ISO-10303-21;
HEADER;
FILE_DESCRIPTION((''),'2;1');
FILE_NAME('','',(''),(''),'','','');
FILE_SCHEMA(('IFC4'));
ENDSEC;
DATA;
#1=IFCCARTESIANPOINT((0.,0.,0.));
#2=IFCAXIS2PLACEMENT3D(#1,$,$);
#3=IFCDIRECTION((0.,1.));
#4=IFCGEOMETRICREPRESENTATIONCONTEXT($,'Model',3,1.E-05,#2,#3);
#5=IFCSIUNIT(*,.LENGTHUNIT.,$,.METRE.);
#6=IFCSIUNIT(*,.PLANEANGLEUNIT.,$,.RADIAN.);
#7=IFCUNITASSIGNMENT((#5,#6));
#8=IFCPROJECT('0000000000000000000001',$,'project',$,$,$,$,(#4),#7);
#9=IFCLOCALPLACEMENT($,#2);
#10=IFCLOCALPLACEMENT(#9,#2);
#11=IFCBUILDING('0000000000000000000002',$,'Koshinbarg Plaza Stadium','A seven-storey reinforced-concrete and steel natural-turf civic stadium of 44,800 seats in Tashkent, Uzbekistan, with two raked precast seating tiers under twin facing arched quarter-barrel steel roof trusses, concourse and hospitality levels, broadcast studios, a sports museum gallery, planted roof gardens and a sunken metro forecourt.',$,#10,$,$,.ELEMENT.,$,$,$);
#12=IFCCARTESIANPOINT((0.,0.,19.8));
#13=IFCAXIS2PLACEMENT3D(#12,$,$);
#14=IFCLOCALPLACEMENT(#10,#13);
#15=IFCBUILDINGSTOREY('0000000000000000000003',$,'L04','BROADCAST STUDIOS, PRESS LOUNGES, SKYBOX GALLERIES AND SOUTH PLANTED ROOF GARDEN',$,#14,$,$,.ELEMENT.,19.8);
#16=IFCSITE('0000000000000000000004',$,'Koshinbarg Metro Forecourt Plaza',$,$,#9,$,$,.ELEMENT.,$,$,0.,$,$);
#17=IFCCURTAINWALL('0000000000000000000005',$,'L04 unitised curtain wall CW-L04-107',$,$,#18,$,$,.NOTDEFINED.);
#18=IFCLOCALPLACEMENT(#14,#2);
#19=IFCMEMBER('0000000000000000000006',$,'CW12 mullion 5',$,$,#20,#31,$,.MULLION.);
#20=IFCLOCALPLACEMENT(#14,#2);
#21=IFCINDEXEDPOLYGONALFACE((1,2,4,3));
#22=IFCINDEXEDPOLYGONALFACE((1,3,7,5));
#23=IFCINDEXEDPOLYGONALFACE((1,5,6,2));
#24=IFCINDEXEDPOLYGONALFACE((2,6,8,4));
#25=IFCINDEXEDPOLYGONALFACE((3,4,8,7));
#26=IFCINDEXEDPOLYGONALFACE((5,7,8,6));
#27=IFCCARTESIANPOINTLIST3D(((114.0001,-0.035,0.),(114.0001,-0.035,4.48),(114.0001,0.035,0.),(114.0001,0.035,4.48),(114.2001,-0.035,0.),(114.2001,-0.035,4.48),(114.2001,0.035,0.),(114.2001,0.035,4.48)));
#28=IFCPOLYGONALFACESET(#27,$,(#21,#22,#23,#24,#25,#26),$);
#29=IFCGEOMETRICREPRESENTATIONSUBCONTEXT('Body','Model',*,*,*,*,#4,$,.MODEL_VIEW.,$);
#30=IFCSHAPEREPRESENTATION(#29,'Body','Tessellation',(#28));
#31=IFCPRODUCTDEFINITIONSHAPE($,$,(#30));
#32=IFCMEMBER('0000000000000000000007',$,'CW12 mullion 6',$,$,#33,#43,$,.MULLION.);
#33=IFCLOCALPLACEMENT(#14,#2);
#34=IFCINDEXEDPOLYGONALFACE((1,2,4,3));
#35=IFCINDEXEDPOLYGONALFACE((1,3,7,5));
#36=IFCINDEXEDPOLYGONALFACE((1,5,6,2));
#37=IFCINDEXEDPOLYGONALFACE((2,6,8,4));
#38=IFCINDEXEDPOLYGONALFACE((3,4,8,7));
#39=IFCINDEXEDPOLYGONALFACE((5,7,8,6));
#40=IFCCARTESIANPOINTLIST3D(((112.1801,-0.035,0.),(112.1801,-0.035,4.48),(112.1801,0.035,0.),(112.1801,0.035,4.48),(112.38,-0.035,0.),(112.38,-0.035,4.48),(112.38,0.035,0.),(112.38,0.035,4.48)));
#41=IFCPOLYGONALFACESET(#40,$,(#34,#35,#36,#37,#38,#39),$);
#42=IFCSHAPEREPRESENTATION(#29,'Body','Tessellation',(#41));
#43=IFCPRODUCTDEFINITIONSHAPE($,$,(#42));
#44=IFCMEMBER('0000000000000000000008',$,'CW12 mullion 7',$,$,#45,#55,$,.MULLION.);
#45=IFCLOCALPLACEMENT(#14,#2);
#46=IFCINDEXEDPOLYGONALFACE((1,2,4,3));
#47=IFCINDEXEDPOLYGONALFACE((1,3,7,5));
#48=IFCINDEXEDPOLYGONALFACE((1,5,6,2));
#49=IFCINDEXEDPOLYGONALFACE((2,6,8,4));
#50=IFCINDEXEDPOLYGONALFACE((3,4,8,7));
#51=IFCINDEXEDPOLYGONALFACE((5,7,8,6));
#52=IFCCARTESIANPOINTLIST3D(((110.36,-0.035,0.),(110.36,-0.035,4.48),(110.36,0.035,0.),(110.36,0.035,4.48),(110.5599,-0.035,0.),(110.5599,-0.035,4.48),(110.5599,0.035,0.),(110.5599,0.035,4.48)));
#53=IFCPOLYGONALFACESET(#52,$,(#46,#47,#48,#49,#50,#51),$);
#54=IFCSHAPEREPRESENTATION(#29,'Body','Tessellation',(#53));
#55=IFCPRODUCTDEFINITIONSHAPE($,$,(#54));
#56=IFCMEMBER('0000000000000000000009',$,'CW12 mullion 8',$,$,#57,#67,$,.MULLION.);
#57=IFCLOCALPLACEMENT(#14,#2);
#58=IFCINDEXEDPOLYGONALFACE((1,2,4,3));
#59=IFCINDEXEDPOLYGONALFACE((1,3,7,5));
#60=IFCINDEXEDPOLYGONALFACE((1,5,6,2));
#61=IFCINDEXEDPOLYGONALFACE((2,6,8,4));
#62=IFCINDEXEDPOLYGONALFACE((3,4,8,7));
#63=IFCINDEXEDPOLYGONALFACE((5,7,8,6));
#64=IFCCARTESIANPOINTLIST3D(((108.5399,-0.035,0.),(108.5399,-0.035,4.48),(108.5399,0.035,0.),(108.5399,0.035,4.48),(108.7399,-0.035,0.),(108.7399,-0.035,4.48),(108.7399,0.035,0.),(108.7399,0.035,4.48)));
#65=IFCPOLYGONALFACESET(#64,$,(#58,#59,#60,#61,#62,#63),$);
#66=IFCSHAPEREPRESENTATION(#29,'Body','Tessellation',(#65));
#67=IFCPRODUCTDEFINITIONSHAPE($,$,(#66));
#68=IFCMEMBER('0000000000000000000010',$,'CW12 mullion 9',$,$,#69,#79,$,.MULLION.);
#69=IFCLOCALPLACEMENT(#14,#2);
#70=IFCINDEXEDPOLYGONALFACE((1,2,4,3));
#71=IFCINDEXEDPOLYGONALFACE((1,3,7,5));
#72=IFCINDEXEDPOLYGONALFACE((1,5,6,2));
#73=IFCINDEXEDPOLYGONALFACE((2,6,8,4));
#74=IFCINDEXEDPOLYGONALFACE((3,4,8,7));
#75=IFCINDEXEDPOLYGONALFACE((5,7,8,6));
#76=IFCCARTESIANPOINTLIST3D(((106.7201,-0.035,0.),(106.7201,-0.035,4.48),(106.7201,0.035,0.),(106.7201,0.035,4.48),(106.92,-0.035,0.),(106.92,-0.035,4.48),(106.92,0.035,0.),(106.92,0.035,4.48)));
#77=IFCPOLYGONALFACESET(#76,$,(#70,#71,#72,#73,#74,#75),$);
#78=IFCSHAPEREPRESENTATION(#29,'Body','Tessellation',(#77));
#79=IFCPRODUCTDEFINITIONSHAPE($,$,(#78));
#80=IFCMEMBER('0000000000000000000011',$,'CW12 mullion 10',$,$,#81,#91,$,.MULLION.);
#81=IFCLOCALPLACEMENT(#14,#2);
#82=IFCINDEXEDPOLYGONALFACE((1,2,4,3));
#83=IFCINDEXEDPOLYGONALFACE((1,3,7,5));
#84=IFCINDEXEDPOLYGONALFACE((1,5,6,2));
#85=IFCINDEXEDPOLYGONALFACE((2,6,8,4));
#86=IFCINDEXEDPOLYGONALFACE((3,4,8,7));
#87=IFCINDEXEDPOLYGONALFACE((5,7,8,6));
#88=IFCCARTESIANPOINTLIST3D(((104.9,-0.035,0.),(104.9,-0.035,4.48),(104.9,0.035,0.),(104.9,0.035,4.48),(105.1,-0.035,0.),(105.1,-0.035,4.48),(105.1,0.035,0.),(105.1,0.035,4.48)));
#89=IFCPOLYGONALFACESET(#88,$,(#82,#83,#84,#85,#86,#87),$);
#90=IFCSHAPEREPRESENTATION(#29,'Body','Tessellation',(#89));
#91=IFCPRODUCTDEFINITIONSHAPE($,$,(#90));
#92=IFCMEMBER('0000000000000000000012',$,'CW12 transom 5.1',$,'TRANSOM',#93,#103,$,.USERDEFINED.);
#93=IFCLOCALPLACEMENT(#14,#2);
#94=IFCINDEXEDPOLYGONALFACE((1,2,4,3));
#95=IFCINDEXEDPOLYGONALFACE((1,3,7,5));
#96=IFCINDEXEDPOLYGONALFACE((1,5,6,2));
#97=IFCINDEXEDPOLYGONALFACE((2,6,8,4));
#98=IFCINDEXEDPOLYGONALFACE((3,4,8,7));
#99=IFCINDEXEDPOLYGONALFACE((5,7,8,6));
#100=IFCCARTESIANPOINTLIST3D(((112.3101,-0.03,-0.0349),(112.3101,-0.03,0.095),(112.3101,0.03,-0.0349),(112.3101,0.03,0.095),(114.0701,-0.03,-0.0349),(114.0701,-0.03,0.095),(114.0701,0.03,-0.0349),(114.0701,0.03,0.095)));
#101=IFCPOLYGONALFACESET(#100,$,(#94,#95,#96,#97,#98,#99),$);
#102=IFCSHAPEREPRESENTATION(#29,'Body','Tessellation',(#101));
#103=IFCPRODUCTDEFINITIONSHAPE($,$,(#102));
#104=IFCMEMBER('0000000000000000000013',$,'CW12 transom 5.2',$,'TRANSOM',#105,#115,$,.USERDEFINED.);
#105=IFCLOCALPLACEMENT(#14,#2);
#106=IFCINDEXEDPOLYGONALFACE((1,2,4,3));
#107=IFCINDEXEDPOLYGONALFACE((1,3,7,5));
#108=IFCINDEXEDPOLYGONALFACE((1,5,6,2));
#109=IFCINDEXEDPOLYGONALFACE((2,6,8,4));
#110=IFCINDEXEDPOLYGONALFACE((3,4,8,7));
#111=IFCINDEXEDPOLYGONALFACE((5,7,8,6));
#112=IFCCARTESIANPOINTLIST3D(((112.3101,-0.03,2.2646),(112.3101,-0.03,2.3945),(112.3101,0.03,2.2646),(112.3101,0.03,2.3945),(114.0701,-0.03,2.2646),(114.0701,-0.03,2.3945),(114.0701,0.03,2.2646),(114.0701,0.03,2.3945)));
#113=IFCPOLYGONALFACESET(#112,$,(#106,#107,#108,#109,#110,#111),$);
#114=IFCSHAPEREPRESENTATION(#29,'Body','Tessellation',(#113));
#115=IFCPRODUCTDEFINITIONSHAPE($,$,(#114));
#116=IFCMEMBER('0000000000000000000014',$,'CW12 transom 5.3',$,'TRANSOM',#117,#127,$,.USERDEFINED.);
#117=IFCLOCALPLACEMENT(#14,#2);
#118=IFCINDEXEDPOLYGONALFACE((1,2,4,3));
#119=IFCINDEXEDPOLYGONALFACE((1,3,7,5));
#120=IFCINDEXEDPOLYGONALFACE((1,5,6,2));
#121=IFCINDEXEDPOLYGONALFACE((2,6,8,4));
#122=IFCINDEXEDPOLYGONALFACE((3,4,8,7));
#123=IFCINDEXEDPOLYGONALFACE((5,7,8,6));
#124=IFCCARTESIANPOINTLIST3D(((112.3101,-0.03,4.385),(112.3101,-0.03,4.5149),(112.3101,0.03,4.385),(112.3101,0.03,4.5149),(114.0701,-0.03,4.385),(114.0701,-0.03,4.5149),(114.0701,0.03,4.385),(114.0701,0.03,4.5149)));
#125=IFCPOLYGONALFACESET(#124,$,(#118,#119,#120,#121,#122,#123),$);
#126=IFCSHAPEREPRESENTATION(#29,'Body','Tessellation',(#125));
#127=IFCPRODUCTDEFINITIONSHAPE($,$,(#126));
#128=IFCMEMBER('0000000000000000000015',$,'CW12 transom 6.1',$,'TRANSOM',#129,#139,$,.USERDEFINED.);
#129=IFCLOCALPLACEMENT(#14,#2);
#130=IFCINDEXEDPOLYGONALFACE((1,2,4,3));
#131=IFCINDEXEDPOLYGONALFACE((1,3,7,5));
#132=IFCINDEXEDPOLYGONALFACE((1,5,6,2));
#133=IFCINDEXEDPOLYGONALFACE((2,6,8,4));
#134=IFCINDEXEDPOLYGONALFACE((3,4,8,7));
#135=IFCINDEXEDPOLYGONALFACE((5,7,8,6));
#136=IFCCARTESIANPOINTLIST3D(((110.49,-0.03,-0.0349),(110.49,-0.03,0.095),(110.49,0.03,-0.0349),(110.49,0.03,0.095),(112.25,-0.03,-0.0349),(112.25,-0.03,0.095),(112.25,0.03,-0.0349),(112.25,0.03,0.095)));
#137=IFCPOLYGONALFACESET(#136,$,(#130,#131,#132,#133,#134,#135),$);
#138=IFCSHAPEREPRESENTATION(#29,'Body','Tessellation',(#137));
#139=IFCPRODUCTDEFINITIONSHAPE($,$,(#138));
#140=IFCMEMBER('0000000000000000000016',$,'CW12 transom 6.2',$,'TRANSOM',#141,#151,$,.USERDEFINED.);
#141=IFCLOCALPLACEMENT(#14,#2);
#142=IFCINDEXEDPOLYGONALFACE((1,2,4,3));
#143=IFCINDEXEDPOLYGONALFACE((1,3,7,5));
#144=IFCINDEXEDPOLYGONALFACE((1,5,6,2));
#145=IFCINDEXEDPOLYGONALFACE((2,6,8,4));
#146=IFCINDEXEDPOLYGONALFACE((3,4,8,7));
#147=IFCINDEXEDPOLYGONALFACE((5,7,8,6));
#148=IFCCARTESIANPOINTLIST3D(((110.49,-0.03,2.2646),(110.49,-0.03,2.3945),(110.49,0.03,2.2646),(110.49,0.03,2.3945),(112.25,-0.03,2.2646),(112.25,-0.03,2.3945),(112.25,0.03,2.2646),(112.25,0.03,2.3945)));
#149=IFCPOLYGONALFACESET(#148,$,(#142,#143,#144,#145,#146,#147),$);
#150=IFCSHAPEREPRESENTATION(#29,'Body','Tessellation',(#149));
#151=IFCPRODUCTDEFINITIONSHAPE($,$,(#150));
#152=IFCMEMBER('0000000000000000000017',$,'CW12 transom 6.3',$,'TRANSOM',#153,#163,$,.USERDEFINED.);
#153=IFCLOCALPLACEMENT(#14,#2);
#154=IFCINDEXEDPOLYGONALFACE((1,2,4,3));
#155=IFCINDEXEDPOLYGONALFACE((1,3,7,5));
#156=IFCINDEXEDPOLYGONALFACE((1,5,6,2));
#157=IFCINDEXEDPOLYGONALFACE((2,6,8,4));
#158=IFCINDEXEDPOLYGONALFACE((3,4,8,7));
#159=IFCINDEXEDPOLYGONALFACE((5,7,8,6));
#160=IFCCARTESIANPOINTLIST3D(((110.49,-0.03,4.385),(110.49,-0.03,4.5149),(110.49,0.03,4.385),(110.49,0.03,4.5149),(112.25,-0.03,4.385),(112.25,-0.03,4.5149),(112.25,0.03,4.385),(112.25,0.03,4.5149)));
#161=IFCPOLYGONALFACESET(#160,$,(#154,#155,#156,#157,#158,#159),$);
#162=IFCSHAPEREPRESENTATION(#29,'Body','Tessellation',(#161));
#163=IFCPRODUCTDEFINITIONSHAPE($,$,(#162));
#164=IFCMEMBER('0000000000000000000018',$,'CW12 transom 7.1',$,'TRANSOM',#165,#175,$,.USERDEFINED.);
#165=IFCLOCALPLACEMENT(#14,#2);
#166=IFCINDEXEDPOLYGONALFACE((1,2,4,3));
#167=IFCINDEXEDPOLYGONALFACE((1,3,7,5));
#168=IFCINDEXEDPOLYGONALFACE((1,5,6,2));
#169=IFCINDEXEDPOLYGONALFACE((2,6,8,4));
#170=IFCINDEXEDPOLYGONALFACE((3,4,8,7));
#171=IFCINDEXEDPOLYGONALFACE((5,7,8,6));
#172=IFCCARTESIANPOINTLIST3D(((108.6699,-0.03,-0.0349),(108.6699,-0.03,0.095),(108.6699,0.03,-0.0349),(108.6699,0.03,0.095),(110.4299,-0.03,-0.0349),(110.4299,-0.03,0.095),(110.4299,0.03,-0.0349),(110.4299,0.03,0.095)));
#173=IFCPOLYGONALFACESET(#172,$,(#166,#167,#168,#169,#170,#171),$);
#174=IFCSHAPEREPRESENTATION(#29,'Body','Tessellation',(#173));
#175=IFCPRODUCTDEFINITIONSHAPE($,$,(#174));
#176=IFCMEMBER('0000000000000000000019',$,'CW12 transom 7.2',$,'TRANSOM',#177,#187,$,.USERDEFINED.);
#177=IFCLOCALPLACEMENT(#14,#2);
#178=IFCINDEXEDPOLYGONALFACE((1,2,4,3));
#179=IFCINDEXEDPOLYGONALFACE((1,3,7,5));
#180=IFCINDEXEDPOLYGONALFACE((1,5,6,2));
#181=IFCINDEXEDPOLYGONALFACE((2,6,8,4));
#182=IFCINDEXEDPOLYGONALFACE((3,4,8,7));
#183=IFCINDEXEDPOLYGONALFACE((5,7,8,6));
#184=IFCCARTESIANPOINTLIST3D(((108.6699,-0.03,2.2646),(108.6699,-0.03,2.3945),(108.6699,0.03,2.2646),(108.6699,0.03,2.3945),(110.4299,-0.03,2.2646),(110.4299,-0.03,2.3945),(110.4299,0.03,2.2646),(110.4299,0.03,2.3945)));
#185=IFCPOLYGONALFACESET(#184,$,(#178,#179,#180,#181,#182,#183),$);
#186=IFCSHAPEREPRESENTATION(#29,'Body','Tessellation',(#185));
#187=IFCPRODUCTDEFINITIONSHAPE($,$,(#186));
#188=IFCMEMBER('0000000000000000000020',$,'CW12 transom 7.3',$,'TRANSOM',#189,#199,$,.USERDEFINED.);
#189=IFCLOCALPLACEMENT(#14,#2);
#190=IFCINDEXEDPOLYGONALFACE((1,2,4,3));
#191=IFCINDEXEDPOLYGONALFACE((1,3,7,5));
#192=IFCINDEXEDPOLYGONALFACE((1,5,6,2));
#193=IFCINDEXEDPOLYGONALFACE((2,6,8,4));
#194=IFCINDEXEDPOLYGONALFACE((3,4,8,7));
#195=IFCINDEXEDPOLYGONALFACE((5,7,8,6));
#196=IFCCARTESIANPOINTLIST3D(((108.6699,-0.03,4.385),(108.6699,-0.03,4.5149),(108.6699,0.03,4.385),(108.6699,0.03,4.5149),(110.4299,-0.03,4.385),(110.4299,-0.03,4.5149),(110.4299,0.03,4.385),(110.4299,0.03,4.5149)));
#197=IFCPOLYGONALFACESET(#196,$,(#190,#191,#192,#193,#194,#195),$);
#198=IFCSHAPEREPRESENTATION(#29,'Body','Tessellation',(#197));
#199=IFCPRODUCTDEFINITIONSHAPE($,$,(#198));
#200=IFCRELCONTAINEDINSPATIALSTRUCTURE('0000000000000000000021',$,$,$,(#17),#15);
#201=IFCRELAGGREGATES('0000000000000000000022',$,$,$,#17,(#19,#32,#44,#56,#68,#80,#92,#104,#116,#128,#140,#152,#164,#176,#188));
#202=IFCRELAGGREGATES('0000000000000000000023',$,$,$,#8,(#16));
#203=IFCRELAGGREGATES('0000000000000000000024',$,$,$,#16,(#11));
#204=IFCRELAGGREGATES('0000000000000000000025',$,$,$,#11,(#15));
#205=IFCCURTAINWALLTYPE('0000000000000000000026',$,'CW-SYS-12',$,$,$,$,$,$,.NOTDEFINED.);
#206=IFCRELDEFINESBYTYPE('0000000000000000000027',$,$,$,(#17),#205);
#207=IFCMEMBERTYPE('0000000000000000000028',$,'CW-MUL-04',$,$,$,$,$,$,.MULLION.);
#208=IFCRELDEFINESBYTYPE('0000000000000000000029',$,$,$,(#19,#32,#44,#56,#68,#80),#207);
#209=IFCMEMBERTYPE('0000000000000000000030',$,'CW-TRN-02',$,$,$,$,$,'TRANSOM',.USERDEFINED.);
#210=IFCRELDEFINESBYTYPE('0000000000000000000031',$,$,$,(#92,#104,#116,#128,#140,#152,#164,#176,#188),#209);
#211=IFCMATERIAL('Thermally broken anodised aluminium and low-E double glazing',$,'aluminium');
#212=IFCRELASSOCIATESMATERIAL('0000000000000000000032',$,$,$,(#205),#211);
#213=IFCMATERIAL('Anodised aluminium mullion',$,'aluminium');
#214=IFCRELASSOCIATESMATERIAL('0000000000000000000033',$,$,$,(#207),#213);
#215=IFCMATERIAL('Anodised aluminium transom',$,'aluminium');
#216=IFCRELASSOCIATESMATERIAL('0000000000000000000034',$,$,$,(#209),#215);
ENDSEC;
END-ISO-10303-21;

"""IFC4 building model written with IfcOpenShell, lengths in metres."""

from ifc_helpers import new_model, si_unit, direction, frame, origin, origin_2d, place, context, subcontext, project, spatial, rectangle, extrude, material, material_profile, profile_set, type_object, element, aggregate, save


model = new_model("IFC4")

# Units and contexts
model_context = context("Model", 3, precision=1e-05, world=origin(), true_north=direction((0.0, 1.0)))
body_context = subcontext(model_context, "Body", "Model", "MODEL_VIEW")
ifc_project = project(units=[si_unit("LENGTHUNIT", "METRE"), si_unit("PLANEANGLEUNIT", "RADIAN")], contexts=[model_context])

# Site, building, storey
site_placement = place(None, origin())
site = spatial("IfcSite", under=ifc_project, at=site_placement, Name="Koshinbarg Metro Forecourt Plaza", CompositionType="ELEMENT", RefElevation=0.0)
building_placement = place(site_placement, origin())
building = spatial("IfcBuilding", under=site, at=building_placement, Name="Koshinbarg Plaza Stadium", Description="A seven-storey reinforced-concrete and steel natural-turf civic stadium of 44,800 seats in Tashkent, Uzbekistan, with two raked precast seating tiers under twin facing arched quarter-barrel steel roof trusses, concourse and hospitality levels, broadcast studios, a sports museum gallery, planted roof gardens and a sunken metro forecourt.", CompositionType="ELEMENT")
storey_placement = place(building_placement, frame((0.0, 0.0, 19.8)))
storey = spatial("IfcBuildingStorey", under=building, at=storey_placement, Name="L04", Description="BROADCAST STUDIOS, PRESS LOUNGES, SKYBOX GALLERIES AND SOUTH PLANTED ROOF GARDEN", CompositionType="ELEMENT", Elevation=19.8)

# Curtain wall, members
ifc_material_1 = material(Name="Thermally broken anodised aluminium and low-E double glazing", Category="aluminium")
curtain_wall_type = type_object("IfcCurtainWallType", Name="CW-SYS-12", PredefinedType="NOTDEFINED", material=ifc_material_1)
curtain_wall_placement = place(storey_placement, origin())
curtain_wall = element("IfcCurtainWall", 1, at=curtain_wall_placement, inside=storey, type_object=curtain_wall_type, Name="L04 unitised curtain wall CW-L04-107", PredefinedType="NOTDEFINED")
ifc_material_2 = material(Name="Anodised aluminium mullion", Category="aluminium")
ifc_material_profile_1 = material_profile(ifc_material_2, rectangle(XDim=0.0701, YDim=0.2, at=origin_2d()), Name="ALU 70x200")
ifc_profile_set_1 = profile_set([ifc_material_profile_1], Name="Anodised aluminium mullion")
member_type_1 = type_object("IfcMemberType", Name="CW-MUL-04", PredefinedType="MULLION", material=ifc_profile_set_1)
member_1_placement = place(storey_placement, frame((114.1001, 0.0, 0.0), z_axis=(0.0, 0.0, 1.0), x_axis=(0.0, -1.0, 0.0)))
member_1 = element("IfcMember", 2, at=member_1_placement, type_object=member_type_1, Name="CW12 mullion 5", PredefinedType="MULLION", context=body_context, shape_type="SweptSolid", body=[
    extrude(rectangle(XDim=0.0701, YDim=0.2, at=origin_2d()), origin(), (0.0, 0.0, 1.0), 4.48),
])
member_2_placement = place(storey_placement, frame((112.28, 0.0, 0.0), z_axis=(0.0, 0.0, 1.0), x_axis=(0.0, -1.0, 0.0)))
member_2 = element("IfcMember", 3, at=member_2_placement, type_object=member_type_1, Name="CW12 mullion 6", PredefinedType="MULLION", context=body_context, shape_type="SweptSolid", body=[
    extrude(rectangle(XDim=0.0701, YDim=0.2, at=origin_2d()), origin(), (0.0, 0.0, 1.0), 4.48),
])
member_3_placement = place(storey_placement, frame((110.46, 0.0, 0.0), z_axis=(0.0, 0.0, 1.0), x_axis=(0.0, -1.0, 0.0)))
member_3 = element("IfcMember", 4, at=member_3_placement, type_object=member_type_1, Name="CW12 mullion 7", PredefinedType="MULLION", context=body_context, shape_type="SweptSolid", body=[
    extrude(rectangle(XDim=0.0701, YDim=0.2, at=origin_2d()), origin(), (0.0, 0.0, 1.0), 4.48),
])
member_4_placement = place(storey_placement, frame((108.6399, 0.0, 0.0), z_axis=(0.0, 0.0, 1.0), x_axis=(0.0, -1.0, 0.0)))
member_4 = element("IfcMember", 5, at=member_4_placement, type_object=member_type_1, Name="CW12 mullion 8", PredefinedType="MULLION", context=body_context, shape_type="SweptSolid", body=[
    extrude(rectangle(XDim=0.0701, YDim=0.2, at=origin_2d()), origin(), (0.0, 0.0, 1.0), 4.48),
])
member_5_placement = place(storey_placement, frame((106.8201, 0.0, 0.0), z_axis=(0.0, 0.0, 1.0), x_axis=(0.0, -1.0, 0.0)))
member_5 = element("IfcMember", 6, at=member_5_placement, type_object=member_type_1, Name="CW12 mullion 9", PredefinedType="MULLION", context=body_context, shape_type="SweptSolid", body=[
    extrude(rectangle(XDim=0.0701, YDim=0.2, at=origin_2d()), origin(), (0.0, 0.0, 1.0), 4.48),
])
member_6_placement = place(storey_placement, frame((105.0, 0.0, 0.0), z_axis=(0.0, 0.0, 1.0), x_axis=(0.0, -1.0, 0.0)))
member_6 = element("IfcMember", 7, at=member_6_placement, type_object=member_type_1, Name="CW12 mullion 10", PredefinedType="MULLION", context=body_context, shape_type="SweptSolid", body=[
    extrude(rectangle(XDim=0.0701, YDim=0.2, at=origin_2d()), origin(), (0.0, 0.0, 1.0), 4.48),
])
ifc_material_3 = material(Name="Anodised aluminium transom", Category="aluminium")
ifc_material_profile_2 = material_profile(ifc_material_3, rectangle(XDim=0.0601, YDim=0.1299, at=origin_2d()), Name="ALU 60x130")
ifc_profile_set_2 = profile_set([ifc_material_profile_2], Name="Anodised aluminium transom")
member_type_2 = type_object("IfcMemberType", Name="CW-TRN-02", ElementType="TRANSOM", PredefinedType="USERDEFINED", material=ifc_profile_set_2)
member_7_placement = place(storey_placement, frame((114.0701, 0.0, 0.03), z_axis=(-1.0, 0.0, 0.0), x_axis=(0.0, -1.0, 0.0)))
member_7 = element("IfcMember", 8, at=member_7_placement, type_object=member_type_2, Name="CW12 transom 5.1", ObjectType="TRANSOM", PredefinedType="USERDEFINED", context=body_context, shape_type="SweptSolid", body=[
    extrude(rectangle(XDim=0.0601, YDim=0.1299, at=origin_2d()), origin(), (0.0, 0.0, 1.0), 1.76),
])
member_8_placement = place(storey_placement, frame((114.0701, 0.0, 2.3296), z_axis=(-1.0, 0.0, 0.0), x_axis=(0.0, -1.0, 0.0)))
member_8 = element("IfcMember", 9, at=member_8_placement, type_object=member_type_2, Name="CW12 transom 5.2", ObjectType="TRANSOM", PredefinedType="USERDEFINED", context=body_context, shape_type="SweptSolid", body=[
    extrude(rectangle(XDim=0.0601, YDim=0.1299, at=origin_2d()), origin(), (0.0, 0.0, 1.0), 1.76),
])
member_9_placement = place(storey_placement, frame((114.0701, 0.0, 4.45), z_axis=(-1.0, 0.0, 0.0), x_axis=(0.0, -1.0, 0.0)))
member_9 = element("IfcMember", 10, at=member_9_placement, type_object=member_type_2, Name="CW12 transom 5.3", ObjectType="TRANSOM", PredefinedType="USERDEFINED", context=body_context, shape_type="SweptSolid", body=[
    extrude(rectangle(XDim=0.0601, YDim=0.1299, at=origin_2d()), origin(), (0.0, 0.0, 1.0), 1.76),
])
member_10_placement = place(storey_placement, frame((112.25, 0.0, 0.03), z_axis=(-1.0, 0.0, 0.0), x_axis=(0.0, -1.0, 0.0)))
member_10 = element("IfcMember", 11, at=member_10_placement, type_object=member_type_2, Name="CW12 transom 6.1", ObjectType="TRANSOM", PredefinedType="USERDEFINED", context=body_context, shape_type="SweptSolid", body=[
    extrude(rectangle(XDim=0.0601, YDim=0.1299, at=origin_2d()), origin(), (0.0, 0.0, 1.0), 1.76),
])
member_11_placement = place(storey_placement, frame((112.25, 0.0, 2.3296), z_axis=(-1.0, 0.0, 0.0), x_axis=(0.0, -1.0, 0.0)))
member_11 = element("IfcMember", 12, at=member_11_placement, type_object=member_type_2, Name="CW12 transom 6.2", ObjectType="TRANSOM", PredefinedType="USERDEFINED", context=body_context, shape_type="SweptSolid", body=[
    extrude(rectangle(XDim=0.0601, YDim=0.1299, at=origin_2d()), origin(), (0.0, 0.0, 1.0), 1.76),
])
member_12_placement = place(storey_placement, frame((112.25, 0.0, 4.45), z_axis=(-1.0, 0.0, 0.0), x_axis=(0.0, -1.0, 0.0)))
member_12 = element("IfcMember", 13, at=member_12_placement, type_object=member_type_2, Name="CW12 transom 6.3", ObjectType="TRANSOM", PredefinedType="USERDEFINED", context=body_context, shape_type="SweptSolid", body=[
    extrude(rectangle(XDim=0.0601, YDim=0.1299, at=origin_2d()), origin(), (0.0, 0.0, 1.0), 1.76),
])
member_13_placement = place(storey_placement, frame((110.4299, 0.0, 0.03), z_axis=(-1.0, 0.0, 0.0), x_axis=(0.0, -1.0, 0.0)))
member_13 = element("IfcMember", 14, at=member_13_placement, type_object=member_type_2, Name="CW12 transom 7.1", ObjectType="TRANSOM", PredefinedType="USERDEFINED", context=body_context, shape_type="SweptSolid", body=[
    extrude(rectangle(XDim=0.0601, YDim=0.1299, at=origin_2d()), origin(), (0.0, 0.0, 1.0), 1.76),
])
member_14_placement = place(storey_placement, frame((110.4299, 0.0, 2.3296), z_axis=(-1.0, 0.0, 0.0), x_axis=(0.0, -1.0, 0.0)))
member_14 = element("IfcMember", 15, at=member_14_placement, type_object=member_type_2, Name="CW12 transom 7.2", ObjectType="TRANSOM", PredefinedType="USERDEFINED", context=body_context, shape_type="SweptSolid", body=[
    extrude(rectangle(XDim=0.0601, YDim=0.1299, at=origin_2d()), origin(), (0.0, 0.0, 1.0), 1.76),
])
member_15_placement = place(storey_placement, frame((110.4299, 0.0, 4.45), z_axis=(-1.0, 0.0, 0.0), x_axis=(0.0, -1.0, 0.0)))
member_15 = element("IfcMember", 16, at=member_15_placement, type_object=member_type_2, Name="CW12 transom 7.3", ObjectType="TRANSOM", PredefinedType="USERDEFINED", context=body_context, shape_type="SweptSolid", body=[
    extrude(rectangle(XDim=0.0601, YDim=0.1299, at=origin_2d()), origin(), (0.0, 0.0, 1.0), 1.76),
])
aggregate(curtain_wall, [member_1, member_2, member_3, member_4, member_5, member_6, member_7, member_8, member_9, member_10, member_11, member_12, member_13, member_14, member_15])

save(model, "model.ifc")
